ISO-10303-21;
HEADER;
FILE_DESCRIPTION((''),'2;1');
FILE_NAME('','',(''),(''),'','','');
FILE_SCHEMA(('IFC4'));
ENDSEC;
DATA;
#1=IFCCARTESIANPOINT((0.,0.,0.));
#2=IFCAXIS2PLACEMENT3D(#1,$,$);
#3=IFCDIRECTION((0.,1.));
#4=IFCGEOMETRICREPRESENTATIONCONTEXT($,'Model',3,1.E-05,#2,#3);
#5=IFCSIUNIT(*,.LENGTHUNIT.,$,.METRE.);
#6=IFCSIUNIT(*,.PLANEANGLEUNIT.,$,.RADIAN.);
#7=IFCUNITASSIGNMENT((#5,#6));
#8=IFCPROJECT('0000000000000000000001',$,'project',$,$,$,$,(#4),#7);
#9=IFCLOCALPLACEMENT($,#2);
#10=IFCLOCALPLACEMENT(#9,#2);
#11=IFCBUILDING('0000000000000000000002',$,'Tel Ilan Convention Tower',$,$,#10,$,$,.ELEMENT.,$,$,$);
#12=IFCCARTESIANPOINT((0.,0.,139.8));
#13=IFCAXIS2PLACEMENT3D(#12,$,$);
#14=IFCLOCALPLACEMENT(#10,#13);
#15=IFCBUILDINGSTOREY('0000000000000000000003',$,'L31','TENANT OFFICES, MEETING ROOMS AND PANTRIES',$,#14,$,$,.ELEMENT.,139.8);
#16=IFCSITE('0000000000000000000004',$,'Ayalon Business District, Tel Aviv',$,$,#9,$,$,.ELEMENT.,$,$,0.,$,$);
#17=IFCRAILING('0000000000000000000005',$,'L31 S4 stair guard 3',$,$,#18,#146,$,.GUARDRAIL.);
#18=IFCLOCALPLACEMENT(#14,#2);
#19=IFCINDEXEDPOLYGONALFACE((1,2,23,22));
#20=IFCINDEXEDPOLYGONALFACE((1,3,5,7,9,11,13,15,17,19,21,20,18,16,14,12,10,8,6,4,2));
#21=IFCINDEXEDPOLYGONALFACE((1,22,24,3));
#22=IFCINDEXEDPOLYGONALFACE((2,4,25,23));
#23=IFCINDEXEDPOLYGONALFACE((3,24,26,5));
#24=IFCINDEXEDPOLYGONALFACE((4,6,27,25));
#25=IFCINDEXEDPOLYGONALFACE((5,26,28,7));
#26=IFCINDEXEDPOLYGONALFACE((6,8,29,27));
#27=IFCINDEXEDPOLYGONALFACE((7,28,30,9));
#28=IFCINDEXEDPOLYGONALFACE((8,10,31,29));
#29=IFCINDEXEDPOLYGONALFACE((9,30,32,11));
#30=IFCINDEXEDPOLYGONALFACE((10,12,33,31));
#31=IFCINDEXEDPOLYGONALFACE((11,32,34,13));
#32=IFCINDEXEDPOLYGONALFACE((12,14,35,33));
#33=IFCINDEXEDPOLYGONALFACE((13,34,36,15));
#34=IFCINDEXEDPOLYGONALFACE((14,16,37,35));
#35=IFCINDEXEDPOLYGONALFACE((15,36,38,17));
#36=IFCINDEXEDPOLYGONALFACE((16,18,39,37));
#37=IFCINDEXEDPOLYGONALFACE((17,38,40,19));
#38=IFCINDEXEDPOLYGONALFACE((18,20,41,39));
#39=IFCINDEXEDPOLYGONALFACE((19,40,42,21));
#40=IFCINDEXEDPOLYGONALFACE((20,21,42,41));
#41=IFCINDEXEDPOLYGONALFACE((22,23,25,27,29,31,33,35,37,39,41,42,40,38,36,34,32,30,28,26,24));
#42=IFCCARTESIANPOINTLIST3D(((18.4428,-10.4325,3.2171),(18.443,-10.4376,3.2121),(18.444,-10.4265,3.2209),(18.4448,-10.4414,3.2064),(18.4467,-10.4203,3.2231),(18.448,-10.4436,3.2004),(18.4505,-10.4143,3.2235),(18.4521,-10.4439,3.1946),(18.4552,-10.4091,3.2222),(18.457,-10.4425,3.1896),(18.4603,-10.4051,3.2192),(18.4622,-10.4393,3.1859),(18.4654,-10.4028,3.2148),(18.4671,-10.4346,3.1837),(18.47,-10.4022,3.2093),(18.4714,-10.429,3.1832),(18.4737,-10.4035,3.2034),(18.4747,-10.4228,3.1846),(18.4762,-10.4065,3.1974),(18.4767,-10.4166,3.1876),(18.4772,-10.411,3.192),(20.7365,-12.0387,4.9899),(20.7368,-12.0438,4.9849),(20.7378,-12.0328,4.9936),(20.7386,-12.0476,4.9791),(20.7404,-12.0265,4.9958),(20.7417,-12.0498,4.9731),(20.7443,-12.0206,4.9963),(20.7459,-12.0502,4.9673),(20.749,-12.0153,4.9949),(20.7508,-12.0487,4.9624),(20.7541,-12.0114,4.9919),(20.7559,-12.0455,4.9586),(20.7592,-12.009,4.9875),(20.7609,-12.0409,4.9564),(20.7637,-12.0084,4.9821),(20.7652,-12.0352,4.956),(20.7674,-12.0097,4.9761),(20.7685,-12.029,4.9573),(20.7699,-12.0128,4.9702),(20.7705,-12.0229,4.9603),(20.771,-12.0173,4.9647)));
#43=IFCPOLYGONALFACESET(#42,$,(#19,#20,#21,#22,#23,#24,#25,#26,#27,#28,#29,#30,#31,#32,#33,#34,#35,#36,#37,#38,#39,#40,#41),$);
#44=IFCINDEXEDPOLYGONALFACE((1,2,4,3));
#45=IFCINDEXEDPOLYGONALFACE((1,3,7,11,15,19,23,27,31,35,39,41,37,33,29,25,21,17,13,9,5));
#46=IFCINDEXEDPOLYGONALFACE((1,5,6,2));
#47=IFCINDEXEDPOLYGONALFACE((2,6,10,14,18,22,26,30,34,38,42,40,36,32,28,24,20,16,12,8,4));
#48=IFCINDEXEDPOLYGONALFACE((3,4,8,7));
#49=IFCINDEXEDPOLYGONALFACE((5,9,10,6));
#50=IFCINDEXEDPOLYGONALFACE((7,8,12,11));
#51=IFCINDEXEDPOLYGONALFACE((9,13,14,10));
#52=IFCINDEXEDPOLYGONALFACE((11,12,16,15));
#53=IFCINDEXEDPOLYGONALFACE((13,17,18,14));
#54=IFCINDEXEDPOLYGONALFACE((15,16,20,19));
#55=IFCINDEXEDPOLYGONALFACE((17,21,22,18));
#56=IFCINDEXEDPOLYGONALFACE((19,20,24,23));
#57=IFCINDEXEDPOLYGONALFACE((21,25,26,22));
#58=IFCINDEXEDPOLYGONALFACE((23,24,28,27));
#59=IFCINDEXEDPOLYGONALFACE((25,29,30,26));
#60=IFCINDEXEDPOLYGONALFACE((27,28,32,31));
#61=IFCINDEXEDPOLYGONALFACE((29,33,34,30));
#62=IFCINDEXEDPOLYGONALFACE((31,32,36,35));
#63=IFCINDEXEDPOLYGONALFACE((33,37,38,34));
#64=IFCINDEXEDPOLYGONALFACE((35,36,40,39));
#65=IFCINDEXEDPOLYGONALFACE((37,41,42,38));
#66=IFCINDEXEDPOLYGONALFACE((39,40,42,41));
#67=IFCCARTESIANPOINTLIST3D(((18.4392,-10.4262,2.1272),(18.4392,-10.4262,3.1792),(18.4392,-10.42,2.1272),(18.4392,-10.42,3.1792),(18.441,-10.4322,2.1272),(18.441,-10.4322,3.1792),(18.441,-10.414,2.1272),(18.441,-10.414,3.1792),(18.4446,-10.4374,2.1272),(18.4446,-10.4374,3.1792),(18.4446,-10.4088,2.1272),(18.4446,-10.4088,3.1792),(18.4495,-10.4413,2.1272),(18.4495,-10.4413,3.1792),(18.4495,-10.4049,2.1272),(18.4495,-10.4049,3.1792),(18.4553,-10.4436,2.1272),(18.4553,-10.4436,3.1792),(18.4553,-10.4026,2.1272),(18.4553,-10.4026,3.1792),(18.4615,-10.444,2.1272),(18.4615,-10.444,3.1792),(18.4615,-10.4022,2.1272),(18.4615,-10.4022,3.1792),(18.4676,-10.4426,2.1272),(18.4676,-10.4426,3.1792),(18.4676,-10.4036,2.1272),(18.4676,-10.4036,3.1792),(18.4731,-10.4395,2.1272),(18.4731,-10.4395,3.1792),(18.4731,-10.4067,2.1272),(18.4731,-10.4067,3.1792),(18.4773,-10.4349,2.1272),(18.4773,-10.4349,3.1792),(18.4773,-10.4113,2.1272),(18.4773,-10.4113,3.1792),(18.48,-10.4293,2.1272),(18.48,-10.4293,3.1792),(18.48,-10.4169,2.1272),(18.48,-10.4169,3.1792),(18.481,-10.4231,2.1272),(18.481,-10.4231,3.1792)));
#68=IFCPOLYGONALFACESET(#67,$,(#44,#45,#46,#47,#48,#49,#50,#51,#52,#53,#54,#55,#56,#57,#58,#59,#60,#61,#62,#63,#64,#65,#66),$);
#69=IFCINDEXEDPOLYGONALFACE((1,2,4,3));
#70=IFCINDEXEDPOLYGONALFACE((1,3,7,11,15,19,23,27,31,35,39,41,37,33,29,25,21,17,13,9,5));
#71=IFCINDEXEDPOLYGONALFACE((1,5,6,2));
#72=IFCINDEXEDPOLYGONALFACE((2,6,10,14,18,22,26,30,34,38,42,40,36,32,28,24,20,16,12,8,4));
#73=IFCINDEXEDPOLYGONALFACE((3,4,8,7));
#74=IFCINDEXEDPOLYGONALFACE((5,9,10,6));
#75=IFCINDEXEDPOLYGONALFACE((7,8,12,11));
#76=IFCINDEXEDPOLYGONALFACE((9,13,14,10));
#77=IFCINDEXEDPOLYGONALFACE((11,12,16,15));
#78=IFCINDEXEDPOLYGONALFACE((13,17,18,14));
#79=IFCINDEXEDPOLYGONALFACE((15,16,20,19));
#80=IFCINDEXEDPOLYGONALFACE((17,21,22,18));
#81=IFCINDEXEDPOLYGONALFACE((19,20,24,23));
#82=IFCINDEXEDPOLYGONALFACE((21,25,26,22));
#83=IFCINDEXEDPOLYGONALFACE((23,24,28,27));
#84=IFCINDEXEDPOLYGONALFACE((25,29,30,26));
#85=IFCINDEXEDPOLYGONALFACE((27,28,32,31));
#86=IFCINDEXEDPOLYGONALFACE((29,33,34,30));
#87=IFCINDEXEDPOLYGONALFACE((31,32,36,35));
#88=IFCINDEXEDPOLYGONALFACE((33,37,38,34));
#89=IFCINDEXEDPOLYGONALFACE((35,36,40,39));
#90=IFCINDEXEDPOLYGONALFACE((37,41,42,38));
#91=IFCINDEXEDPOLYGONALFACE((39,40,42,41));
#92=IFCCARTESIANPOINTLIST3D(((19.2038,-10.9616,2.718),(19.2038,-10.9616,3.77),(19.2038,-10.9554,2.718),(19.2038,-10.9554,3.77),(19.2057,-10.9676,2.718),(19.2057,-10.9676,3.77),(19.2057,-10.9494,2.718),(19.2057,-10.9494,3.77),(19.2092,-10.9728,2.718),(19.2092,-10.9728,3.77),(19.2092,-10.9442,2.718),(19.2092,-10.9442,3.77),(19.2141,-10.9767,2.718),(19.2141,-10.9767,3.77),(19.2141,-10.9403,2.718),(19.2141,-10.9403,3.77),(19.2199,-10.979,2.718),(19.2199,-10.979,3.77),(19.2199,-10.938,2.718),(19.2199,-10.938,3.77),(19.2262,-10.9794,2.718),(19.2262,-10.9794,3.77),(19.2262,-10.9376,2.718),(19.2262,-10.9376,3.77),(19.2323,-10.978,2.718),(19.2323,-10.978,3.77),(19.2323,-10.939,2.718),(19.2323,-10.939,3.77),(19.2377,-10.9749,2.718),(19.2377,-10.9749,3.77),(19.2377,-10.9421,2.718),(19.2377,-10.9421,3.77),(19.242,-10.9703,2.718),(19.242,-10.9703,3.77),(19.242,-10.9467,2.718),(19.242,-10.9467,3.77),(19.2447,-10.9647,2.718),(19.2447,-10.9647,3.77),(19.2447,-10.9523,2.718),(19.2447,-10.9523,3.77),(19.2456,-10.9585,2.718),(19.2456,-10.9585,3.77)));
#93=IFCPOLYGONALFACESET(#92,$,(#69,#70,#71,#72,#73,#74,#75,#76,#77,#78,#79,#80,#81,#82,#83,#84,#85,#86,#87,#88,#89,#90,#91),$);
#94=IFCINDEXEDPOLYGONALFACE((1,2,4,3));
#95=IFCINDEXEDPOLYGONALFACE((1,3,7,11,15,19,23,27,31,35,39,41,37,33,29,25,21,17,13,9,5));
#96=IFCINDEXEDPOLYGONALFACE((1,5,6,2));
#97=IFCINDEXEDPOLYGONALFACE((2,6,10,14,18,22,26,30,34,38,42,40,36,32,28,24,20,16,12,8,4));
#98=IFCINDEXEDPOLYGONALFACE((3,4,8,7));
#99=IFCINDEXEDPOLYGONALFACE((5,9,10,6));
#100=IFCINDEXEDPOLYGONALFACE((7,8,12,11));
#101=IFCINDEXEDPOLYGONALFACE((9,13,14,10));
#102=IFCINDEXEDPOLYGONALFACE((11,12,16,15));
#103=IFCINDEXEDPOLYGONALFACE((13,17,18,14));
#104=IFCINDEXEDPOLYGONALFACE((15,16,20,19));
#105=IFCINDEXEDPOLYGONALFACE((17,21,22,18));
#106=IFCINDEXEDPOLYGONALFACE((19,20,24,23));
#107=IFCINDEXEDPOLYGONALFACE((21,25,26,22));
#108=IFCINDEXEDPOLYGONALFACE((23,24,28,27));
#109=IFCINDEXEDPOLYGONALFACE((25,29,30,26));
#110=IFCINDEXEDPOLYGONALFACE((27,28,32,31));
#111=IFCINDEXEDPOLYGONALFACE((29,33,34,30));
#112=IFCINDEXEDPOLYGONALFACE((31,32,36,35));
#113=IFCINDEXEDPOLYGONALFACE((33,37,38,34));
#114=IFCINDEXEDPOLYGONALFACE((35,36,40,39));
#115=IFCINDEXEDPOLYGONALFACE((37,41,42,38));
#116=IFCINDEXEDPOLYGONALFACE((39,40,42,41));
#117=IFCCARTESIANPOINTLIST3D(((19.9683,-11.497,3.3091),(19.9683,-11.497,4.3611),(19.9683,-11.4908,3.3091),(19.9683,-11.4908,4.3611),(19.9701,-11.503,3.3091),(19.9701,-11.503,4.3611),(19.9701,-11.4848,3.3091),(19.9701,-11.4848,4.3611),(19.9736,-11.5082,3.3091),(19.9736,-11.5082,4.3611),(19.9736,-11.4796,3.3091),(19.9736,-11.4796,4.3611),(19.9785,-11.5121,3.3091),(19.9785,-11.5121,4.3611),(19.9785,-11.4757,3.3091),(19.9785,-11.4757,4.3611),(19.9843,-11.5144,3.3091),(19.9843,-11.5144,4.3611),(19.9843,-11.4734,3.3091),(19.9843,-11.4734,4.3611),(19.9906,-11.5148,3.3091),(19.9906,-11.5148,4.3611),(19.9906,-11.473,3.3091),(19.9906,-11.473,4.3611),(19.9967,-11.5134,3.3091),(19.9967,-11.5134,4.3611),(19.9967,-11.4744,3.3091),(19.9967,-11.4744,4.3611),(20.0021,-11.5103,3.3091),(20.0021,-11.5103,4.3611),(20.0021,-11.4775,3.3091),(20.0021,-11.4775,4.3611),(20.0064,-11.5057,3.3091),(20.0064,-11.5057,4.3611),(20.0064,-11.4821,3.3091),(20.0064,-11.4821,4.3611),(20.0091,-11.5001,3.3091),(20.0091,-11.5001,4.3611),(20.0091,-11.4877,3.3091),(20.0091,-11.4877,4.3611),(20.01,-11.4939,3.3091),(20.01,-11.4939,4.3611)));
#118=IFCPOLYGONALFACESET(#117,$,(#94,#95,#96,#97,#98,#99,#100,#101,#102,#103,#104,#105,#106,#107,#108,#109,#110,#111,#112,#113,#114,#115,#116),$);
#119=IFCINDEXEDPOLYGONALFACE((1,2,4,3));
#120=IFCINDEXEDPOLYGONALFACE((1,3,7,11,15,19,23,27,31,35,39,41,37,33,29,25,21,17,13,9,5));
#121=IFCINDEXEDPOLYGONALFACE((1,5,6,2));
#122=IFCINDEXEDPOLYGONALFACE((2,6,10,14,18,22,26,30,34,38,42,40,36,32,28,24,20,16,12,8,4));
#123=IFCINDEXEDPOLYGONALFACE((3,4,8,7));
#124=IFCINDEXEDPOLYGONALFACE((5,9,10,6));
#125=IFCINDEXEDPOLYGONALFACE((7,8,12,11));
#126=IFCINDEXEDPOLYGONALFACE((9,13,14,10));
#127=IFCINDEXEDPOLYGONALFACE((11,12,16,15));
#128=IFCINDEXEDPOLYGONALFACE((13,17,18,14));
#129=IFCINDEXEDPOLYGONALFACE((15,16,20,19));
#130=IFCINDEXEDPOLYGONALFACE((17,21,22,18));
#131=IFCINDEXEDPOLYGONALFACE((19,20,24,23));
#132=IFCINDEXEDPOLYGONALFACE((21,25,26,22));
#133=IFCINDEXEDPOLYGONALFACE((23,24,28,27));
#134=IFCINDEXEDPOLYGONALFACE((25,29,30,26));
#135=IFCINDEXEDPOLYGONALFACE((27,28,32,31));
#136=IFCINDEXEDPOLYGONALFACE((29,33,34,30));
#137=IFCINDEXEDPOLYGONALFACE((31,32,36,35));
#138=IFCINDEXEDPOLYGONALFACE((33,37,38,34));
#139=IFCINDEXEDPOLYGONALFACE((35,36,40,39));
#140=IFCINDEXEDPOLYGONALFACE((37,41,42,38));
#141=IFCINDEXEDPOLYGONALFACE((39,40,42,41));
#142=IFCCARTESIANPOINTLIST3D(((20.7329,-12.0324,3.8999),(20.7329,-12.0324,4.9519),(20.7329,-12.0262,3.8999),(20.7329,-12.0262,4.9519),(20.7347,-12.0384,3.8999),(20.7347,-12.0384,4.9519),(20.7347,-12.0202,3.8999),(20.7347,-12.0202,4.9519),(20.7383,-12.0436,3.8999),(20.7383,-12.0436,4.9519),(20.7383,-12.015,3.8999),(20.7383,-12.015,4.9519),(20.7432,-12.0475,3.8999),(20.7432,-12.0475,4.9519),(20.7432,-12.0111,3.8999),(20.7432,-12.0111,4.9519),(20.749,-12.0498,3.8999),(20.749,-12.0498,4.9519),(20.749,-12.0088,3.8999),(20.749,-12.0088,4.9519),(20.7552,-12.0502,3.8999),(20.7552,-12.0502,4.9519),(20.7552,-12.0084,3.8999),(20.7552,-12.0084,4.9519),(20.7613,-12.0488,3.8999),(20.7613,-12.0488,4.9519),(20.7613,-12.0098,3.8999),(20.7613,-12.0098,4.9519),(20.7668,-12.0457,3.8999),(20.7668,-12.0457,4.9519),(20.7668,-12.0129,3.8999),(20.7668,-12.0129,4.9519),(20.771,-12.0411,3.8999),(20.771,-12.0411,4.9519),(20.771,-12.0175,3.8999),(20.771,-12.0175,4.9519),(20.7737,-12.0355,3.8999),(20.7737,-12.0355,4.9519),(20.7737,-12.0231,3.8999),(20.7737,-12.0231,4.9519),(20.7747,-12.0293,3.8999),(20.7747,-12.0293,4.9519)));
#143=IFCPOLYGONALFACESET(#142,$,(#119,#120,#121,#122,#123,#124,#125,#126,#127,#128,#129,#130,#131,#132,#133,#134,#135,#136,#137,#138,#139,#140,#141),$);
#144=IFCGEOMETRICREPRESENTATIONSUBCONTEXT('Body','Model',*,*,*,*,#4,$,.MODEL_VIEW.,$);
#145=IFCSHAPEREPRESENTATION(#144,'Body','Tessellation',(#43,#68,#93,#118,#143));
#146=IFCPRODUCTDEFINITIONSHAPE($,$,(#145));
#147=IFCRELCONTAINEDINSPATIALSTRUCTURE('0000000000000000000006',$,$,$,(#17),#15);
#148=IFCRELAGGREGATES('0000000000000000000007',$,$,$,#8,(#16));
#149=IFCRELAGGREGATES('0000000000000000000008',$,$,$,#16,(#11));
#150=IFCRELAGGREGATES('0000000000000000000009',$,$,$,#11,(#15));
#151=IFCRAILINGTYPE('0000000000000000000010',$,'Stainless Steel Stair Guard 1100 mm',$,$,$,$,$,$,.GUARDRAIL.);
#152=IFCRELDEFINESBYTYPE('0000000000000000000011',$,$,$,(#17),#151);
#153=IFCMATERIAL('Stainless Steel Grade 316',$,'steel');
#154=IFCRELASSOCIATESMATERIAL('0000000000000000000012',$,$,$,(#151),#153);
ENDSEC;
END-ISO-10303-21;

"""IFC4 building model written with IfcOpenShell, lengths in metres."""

from ifc_helpers import new_model, si_unit, direction, frame, origin, origin_2d, place, context, subcontext, project, spatial, circle, extrude, material, type_object, element, save


model = new_model("IFC4")

# Units and contexts
model_context = context("Model", 3, precision=1e-05, world=origin(), true_north=direction((0.0, 1.0)))
body_context = subcontext(model_context, "Body", "Model", "MODEL_VIEW")
ifc_project = project(units=[si_unit("LENGTHUNIT", "METRE"), si_unit("PLANEANGLEUNIT", "RADIAN")], contexts=[model_context])

# Site, building, storey
site_placement = place(None, origin())
site = spatial("IfcSite", under=ifc_project, at=site_placement, Name="Ayalon Business District, Tel Aviv", CompositionType="ELEMENT", RefElevation=0.0)
building_placement = place(site_placement, origin())
building = spatial("IfcBuilding", under=site, at=building_placement, Name="Tel Ilan Convention Tower", CompositionType="ELEMENT")
storey_placement = place(building_placement, frame((0.0, 0.0, 139.8)))
storey = spatial("IfcBuildingStorey", under=building, at=storey_placement, Name="L31", Description="TENANT OFFICES, MEETING ROOMS AND PANTRIES", CompositionType="ELEMENT", Elevation=139.8)

# Railing
ifc_material_1 = material(Name="Stainless Steel Grade 316", Category="steel")
railing_type_1 = type_object("IfcRailingType", Name="Stainless Steel Stair Guard 1100 mm", PredefinedType="GUARDRAIL", material=ifc_material_1)
railing_1_placement = place(storey_placement, frame((18.46, -10.4231, 2.1272)))
element("IfcRailing", 1, at=railing_1_placement, inside=storey, type_object=railing_type_1, Name="L31 S4 stair guard 3", PredefinedType="GUARDRAIL", context=body_context, shape_type="SweptSolid", body=[
    extrude(circle(Radius=0.0239, at=origin_2d()), frame((0.0, 0.0, 1.0762), z_axis=(0.692098, -0.484653, 0.534894), x_axis=(0.573609, 0.81913, 0.0)), (0.0, 0.0, 1.0), 3.3142),
    extrude(circle(Radius=0.021, at=origin_2d()), origin(), (0.0, 0.0, 1.0), 1.052),
    extrude(circle(Radius=0.021, at=origin_2d()), frame((0.7646, -0.5354, 0.5908)), (0.0, 0.0, 1.0), 1.052),
    extrude(circle(Radius=0.021, at=origin_2d()), frame((1.5291, -1.0708, 1.1819)), (0.0, 0.0, 1.0), 1.052),
    extrude(circle(Radius=0.021, at=origin_2d()), frame((2.2937, -1.6062, 1.7727)), (0.0, 0.0, 1.0), 1.052),
])

save(model, "model.ifc")
